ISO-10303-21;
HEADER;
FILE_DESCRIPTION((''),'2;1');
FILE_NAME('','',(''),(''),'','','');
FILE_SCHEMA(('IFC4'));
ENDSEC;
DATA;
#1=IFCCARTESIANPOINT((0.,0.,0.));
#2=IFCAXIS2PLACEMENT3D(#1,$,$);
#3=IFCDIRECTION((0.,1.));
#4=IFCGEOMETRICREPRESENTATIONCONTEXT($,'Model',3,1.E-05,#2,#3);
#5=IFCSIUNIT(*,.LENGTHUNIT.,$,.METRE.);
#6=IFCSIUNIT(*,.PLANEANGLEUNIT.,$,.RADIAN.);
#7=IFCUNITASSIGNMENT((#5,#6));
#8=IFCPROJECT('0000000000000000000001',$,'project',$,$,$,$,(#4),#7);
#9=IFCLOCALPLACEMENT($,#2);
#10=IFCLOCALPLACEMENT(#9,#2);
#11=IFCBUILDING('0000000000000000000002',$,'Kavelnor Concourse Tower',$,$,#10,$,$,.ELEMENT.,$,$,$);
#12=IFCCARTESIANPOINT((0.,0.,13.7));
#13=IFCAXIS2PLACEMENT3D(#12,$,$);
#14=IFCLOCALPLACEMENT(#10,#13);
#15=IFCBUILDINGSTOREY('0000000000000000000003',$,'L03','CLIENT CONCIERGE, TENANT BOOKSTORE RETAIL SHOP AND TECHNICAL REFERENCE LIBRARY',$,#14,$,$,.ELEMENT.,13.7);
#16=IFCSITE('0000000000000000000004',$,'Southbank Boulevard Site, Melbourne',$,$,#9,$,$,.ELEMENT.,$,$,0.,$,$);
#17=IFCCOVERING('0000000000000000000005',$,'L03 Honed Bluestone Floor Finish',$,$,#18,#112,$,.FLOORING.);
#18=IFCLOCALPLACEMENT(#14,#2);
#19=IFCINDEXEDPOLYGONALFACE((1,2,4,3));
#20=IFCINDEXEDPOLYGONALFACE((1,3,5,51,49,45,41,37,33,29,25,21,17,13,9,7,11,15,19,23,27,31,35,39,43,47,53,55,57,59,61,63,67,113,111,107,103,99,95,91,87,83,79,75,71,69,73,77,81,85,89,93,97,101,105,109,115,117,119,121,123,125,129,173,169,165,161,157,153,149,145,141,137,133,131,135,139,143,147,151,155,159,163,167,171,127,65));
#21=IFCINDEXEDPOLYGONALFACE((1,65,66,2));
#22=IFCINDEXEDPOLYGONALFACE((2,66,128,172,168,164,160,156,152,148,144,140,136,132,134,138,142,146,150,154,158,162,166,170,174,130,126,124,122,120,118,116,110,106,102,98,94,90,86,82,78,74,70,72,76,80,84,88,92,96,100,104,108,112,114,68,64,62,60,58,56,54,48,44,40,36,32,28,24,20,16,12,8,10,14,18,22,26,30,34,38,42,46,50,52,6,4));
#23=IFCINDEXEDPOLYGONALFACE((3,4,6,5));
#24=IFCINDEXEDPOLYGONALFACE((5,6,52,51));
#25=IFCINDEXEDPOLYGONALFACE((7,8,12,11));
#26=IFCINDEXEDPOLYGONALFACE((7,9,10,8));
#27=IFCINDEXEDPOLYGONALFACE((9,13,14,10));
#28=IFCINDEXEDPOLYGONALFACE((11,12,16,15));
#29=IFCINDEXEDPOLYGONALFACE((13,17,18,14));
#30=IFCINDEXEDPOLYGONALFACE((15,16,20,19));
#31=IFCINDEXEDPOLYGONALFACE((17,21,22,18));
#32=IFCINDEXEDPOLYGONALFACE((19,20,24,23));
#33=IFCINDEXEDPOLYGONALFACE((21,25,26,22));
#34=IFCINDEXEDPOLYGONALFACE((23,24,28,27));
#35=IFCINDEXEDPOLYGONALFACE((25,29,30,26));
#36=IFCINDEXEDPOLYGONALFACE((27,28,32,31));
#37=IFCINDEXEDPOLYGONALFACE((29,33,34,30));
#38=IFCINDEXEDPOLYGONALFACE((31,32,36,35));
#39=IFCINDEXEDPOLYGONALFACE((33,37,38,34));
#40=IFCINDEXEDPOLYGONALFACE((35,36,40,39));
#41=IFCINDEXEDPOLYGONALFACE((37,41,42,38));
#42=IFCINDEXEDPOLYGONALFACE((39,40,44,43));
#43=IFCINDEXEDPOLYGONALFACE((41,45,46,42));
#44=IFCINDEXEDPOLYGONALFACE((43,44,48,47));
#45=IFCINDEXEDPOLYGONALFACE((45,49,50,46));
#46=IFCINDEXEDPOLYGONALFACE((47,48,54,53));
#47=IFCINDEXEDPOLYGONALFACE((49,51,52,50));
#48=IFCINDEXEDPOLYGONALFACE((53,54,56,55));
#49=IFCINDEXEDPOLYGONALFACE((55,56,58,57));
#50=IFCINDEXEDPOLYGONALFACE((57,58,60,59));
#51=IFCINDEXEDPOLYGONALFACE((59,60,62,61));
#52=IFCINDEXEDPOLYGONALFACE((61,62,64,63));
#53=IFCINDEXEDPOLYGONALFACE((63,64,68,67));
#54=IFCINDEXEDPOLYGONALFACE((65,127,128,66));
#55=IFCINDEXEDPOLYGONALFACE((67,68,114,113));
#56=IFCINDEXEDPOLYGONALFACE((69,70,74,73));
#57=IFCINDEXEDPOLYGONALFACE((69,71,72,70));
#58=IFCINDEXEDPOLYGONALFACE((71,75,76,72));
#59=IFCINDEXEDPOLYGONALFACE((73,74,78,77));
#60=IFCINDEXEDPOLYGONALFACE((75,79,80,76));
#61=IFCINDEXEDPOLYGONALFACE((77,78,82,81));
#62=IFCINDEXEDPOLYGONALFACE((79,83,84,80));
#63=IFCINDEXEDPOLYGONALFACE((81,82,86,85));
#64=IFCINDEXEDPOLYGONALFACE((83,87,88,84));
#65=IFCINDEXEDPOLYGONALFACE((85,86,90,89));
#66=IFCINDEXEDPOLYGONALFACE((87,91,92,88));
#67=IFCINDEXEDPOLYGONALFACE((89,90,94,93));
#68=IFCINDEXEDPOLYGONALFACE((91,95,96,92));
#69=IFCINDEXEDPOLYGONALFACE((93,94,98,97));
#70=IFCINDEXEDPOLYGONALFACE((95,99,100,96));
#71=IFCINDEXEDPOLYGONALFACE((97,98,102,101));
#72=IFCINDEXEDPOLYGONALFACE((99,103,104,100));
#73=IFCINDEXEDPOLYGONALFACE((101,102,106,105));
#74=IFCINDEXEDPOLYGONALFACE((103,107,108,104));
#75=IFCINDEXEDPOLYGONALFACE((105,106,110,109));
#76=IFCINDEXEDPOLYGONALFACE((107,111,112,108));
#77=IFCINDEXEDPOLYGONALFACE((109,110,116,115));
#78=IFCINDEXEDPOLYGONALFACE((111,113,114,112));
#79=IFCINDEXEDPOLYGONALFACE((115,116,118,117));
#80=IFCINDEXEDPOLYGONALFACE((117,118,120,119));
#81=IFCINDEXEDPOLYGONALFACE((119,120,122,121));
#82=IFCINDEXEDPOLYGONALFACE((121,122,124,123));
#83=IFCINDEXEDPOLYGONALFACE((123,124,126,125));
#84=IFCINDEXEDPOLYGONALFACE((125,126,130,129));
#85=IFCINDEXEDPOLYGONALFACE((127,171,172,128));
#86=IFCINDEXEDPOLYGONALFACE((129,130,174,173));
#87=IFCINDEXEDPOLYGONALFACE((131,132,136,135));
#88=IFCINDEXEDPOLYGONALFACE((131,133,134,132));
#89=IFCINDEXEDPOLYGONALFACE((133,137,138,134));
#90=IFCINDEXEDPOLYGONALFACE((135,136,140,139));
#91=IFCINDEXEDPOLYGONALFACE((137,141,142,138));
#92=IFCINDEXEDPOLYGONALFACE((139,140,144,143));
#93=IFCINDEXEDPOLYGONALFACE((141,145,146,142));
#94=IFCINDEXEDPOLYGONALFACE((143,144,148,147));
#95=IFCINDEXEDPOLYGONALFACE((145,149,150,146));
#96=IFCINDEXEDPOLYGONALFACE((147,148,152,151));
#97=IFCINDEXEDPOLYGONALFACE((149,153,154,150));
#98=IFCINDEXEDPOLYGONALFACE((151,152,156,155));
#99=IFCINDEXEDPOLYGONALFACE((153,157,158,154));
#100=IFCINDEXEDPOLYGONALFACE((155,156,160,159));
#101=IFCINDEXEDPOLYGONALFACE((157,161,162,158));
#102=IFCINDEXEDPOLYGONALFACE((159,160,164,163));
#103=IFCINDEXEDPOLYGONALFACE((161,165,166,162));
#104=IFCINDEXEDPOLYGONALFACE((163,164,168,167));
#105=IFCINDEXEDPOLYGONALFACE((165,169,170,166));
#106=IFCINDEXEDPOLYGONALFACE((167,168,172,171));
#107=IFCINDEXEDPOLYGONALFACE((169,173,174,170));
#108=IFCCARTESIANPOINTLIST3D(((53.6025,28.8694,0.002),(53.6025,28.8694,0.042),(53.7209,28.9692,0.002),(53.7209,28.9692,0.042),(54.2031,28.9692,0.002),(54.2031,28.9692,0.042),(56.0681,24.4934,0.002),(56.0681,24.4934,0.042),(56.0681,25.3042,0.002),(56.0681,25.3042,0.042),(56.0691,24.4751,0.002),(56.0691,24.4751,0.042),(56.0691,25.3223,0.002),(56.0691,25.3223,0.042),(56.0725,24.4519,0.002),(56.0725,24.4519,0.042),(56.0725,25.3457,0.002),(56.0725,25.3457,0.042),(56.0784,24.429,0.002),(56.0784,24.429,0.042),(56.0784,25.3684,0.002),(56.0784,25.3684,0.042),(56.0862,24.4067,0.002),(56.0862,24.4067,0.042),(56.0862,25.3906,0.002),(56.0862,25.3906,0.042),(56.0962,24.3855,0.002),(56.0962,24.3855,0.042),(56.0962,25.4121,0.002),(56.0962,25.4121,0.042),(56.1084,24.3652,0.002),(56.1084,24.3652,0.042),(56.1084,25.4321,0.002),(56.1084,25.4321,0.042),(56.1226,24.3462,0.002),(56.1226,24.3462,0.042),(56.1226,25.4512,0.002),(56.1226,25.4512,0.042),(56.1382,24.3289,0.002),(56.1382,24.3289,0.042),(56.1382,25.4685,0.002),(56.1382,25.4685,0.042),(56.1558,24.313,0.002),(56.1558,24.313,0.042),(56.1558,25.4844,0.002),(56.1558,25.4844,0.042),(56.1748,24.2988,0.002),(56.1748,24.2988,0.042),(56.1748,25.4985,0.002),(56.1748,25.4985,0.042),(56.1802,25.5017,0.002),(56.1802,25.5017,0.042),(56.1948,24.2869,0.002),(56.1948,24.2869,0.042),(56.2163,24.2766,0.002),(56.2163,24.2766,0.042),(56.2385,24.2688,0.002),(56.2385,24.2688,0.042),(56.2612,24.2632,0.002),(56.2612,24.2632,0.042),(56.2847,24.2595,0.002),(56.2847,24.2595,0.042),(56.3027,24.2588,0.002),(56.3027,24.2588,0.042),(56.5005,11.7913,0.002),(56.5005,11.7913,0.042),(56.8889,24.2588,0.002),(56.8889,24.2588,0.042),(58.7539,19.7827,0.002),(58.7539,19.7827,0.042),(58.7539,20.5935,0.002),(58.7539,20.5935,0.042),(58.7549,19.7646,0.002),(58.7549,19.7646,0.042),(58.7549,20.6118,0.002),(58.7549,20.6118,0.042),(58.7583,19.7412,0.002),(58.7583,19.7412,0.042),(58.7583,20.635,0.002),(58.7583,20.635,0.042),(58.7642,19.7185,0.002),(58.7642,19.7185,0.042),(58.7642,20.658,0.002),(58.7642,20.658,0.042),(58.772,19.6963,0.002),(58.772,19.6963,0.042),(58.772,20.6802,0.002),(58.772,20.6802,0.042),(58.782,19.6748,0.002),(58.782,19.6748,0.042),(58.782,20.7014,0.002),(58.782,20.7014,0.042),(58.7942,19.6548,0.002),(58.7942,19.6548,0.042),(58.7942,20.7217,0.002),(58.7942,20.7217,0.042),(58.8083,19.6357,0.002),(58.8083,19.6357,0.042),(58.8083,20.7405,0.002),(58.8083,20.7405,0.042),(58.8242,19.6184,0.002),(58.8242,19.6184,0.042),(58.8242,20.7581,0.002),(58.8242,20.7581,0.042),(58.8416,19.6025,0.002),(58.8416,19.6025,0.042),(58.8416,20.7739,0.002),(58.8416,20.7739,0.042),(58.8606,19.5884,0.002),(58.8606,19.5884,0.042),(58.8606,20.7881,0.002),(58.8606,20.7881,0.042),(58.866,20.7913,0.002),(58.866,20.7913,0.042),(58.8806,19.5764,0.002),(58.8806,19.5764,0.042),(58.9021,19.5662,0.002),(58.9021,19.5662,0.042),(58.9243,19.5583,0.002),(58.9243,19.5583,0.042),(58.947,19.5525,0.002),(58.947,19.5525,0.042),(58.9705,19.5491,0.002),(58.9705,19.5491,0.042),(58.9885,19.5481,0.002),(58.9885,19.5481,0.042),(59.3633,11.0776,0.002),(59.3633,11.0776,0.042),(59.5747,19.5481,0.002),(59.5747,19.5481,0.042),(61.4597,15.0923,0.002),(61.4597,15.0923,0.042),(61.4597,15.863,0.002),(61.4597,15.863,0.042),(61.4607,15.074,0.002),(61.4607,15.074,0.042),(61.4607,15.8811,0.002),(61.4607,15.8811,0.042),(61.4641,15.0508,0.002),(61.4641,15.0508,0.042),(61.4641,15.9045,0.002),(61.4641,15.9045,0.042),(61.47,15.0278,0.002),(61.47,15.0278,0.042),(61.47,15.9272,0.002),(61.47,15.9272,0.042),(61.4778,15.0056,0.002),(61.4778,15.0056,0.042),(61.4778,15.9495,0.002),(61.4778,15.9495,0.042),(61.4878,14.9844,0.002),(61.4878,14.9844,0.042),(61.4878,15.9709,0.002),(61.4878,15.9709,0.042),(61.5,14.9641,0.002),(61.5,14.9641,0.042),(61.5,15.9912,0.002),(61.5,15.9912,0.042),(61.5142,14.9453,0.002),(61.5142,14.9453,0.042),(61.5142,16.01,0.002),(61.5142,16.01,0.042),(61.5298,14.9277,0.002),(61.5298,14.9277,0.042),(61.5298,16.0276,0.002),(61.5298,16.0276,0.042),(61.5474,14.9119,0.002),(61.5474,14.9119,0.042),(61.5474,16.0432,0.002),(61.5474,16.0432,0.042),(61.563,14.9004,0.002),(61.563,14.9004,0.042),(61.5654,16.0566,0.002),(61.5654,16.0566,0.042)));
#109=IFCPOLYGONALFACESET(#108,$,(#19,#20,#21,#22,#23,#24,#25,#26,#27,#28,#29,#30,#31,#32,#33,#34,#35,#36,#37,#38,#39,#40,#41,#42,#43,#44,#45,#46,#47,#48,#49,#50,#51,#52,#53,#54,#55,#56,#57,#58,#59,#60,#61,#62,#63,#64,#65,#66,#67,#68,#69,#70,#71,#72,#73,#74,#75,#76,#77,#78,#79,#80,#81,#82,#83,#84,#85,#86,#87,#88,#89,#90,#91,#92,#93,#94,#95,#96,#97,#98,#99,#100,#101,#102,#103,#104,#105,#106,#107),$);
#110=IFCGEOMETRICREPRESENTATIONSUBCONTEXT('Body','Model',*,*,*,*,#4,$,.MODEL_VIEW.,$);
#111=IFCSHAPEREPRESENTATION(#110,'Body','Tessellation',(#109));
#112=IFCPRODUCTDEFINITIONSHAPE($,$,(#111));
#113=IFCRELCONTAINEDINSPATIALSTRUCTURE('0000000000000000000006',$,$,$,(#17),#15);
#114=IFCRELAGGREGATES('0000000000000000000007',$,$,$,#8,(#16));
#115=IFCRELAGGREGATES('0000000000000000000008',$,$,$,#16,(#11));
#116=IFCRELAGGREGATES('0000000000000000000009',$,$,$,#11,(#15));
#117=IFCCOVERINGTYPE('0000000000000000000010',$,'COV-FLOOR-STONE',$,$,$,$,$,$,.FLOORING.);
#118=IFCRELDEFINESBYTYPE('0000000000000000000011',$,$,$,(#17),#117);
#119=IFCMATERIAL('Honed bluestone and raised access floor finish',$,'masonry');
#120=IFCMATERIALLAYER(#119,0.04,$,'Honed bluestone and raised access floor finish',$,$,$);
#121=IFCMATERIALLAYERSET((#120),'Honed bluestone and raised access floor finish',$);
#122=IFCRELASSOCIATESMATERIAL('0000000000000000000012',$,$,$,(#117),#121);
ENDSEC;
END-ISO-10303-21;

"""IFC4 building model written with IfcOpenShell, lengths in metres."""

from ifc_helpers import new_model, si_unit, direction, frame, origin, place, context, subcontext, project, spatial, polyline, outline, extrude, material, layer, layer_set, type_object, element, save


model = new_model("IFC4")

# Units and contexts
model_context = context("Model", 3, precision=1e-05, world=origin(), true_north=direction((0.0, 1.0)))
body_context = subcontext(model_context, "Body", "Model", "MODEL_VIEW")
ifc_project = project(units=[si_unit("LENGTHUNIT", "METRE"), si_unit("PLANEANGLEUNIT", "RADIAN")], contexts=[model_context])

# Site, building, storey
site_placement = place(None, origin())
site = spatial("IfcSite", under=ifc_project, at=site_placement, Name="Southbank Boulevard Site, Melbourne", CompositionType="ELEMENT", RefElevation=0.0)
building_placement = place(site_placement, origin())
building = spatial("IfcBuilding", under=site, at=building_placement, Name="Kavelnor Concourse Tower", CompositionType="ELEMENT")
storey_placement = place(building_placement, frame((0.0, 0.0, 13.7)))
storey = spatial("IfcBuildingStorey", under=building, at=storey_placement, Name="L03", Description="CLIENT CONCIERGE, TENANT BOOKSTORE RETAIL SHOP AND TECHNICAL REFERENCE LIBRARY", CompositionType="ELEMENT", Elevation=13.7)

# Covering
ifc_material_1 = material(Name="Honed bluestone and raised access floor finish", Category="masonry")
ifc_layer_1 = layer(ifc_material_1, 0.04, Name="Honed bluestone and raised access floor finish")
ifc_layer_set_1 = layer_set([ifc_layer_1], Name="Honed bluestone and raised access floor finish")
covering_type_1 = type_object("IfcCoveringType", Name="COV-FLOOR-STONE", PredefinedType="FLOORING", material=ifc_layer_set_1)
covering_1_placement = place(storey_placement, frame((0.0, 0.0, 0.002)))
element("IfcCovering", 1, at=covering_1_placement, inside=storey, type_object=covering_type_1, Name="L03 Honed Bluestone Floor Finish", PredefinedType="FLOORING", context=body_context, shape_type="SweptSolid", body=[
    extrude(outline(polyline([(54.2031, 28.9692), (56.1802, 25.5017), (56.1748, 25.4985), (56.1558, 25.4844), (56.1382, 25.4685), (56.1226, 25.4512), (56.1084, 25.4321), (56.0962, 25.4121), (56.0862, 25.3906), (56.0784, 25.3684), (56.0725, 25.3457), (56.0691, 25.3223), (56.0681, 25.3042), (56.0681, 24.4934), (56.0691, 24.4751), (56.0725, 24.4519), (56.0784, 24.429), (56.0862, 24.4067), (56.0962, 24.3855), (56.1084, 24.3652), (56.1226, 24.3462), (56.1382, 24.3289), (56.1558, 24.313), (56.1748, 24.2988), (56.1948, 24.2869), (56.2163, 24.2766), (56.2385, 24.2688), (56.2612, 24.2632), (56.2847, 24.2595), (56.3027, 24.2588), (56.8889, 24.2588), (58.866, 20.7913), (58.8606, 20.7881), (58.8416, 20.7739), (58.8242, 20.7581), (58.8083, 20.7405), (58.7942, 20.7217), (58.782, 20.7014), (58.772, 20.6802), (58.7642, 20.658), (58.7583, 20.635), (58.7549, 20.6118), (58.7539, 20.5935), (58.7539, 19.7827), (58.7549, 19.7646), (58.7583, 19.7412), (58.7642, 19.7185), (58.772, 19.6963), (58.782, 19.6748), (58.7942, 19.6548), (58.8083, 19.6357), (58.8242, 19.6184), (58.8416, 19.6025), (58.8606, 19.5884), (58.8806, 19.5764), (58.9021, 19.5662), (58.9243, 19.5583), (58.947, 19.5525), (58.9705, 19.5491), (58.9885, 19.5481), (59.5747, 19.5481), (61.5654, 16.0566), (61.5474, 16.0432), (61.5298, 16.0276), (61.5142, 16.01), (61.5, 15.9912), (61.4878, 15.9709), (61.4778, 15.9495), (61.47, 15.9272), (61.4641, 15.9045), (61.4607, 15.8811), (61.4597, 15.863), (61.4597, 15.0923), (61.4607, 15.074), (61.4641, 15.0508), (61.47, 15.0278), (61.4778, 15.0056), (61.4878, 14.9844), (61.5, 14.9641), (61.5142, 14.9453), (61.5298, 14.9277), (61.5474, 14.9119), (61.563, 14.9004), (59.3633, 11.0776), (56.5005, 11.7913), (53.6025, 28.8694), (53.7209, 28.9692), (54.2031, 28.9692)])), origin(), (0.0, 0.0, 1.0), 0.04),
])

save(model, "model.ifc")
